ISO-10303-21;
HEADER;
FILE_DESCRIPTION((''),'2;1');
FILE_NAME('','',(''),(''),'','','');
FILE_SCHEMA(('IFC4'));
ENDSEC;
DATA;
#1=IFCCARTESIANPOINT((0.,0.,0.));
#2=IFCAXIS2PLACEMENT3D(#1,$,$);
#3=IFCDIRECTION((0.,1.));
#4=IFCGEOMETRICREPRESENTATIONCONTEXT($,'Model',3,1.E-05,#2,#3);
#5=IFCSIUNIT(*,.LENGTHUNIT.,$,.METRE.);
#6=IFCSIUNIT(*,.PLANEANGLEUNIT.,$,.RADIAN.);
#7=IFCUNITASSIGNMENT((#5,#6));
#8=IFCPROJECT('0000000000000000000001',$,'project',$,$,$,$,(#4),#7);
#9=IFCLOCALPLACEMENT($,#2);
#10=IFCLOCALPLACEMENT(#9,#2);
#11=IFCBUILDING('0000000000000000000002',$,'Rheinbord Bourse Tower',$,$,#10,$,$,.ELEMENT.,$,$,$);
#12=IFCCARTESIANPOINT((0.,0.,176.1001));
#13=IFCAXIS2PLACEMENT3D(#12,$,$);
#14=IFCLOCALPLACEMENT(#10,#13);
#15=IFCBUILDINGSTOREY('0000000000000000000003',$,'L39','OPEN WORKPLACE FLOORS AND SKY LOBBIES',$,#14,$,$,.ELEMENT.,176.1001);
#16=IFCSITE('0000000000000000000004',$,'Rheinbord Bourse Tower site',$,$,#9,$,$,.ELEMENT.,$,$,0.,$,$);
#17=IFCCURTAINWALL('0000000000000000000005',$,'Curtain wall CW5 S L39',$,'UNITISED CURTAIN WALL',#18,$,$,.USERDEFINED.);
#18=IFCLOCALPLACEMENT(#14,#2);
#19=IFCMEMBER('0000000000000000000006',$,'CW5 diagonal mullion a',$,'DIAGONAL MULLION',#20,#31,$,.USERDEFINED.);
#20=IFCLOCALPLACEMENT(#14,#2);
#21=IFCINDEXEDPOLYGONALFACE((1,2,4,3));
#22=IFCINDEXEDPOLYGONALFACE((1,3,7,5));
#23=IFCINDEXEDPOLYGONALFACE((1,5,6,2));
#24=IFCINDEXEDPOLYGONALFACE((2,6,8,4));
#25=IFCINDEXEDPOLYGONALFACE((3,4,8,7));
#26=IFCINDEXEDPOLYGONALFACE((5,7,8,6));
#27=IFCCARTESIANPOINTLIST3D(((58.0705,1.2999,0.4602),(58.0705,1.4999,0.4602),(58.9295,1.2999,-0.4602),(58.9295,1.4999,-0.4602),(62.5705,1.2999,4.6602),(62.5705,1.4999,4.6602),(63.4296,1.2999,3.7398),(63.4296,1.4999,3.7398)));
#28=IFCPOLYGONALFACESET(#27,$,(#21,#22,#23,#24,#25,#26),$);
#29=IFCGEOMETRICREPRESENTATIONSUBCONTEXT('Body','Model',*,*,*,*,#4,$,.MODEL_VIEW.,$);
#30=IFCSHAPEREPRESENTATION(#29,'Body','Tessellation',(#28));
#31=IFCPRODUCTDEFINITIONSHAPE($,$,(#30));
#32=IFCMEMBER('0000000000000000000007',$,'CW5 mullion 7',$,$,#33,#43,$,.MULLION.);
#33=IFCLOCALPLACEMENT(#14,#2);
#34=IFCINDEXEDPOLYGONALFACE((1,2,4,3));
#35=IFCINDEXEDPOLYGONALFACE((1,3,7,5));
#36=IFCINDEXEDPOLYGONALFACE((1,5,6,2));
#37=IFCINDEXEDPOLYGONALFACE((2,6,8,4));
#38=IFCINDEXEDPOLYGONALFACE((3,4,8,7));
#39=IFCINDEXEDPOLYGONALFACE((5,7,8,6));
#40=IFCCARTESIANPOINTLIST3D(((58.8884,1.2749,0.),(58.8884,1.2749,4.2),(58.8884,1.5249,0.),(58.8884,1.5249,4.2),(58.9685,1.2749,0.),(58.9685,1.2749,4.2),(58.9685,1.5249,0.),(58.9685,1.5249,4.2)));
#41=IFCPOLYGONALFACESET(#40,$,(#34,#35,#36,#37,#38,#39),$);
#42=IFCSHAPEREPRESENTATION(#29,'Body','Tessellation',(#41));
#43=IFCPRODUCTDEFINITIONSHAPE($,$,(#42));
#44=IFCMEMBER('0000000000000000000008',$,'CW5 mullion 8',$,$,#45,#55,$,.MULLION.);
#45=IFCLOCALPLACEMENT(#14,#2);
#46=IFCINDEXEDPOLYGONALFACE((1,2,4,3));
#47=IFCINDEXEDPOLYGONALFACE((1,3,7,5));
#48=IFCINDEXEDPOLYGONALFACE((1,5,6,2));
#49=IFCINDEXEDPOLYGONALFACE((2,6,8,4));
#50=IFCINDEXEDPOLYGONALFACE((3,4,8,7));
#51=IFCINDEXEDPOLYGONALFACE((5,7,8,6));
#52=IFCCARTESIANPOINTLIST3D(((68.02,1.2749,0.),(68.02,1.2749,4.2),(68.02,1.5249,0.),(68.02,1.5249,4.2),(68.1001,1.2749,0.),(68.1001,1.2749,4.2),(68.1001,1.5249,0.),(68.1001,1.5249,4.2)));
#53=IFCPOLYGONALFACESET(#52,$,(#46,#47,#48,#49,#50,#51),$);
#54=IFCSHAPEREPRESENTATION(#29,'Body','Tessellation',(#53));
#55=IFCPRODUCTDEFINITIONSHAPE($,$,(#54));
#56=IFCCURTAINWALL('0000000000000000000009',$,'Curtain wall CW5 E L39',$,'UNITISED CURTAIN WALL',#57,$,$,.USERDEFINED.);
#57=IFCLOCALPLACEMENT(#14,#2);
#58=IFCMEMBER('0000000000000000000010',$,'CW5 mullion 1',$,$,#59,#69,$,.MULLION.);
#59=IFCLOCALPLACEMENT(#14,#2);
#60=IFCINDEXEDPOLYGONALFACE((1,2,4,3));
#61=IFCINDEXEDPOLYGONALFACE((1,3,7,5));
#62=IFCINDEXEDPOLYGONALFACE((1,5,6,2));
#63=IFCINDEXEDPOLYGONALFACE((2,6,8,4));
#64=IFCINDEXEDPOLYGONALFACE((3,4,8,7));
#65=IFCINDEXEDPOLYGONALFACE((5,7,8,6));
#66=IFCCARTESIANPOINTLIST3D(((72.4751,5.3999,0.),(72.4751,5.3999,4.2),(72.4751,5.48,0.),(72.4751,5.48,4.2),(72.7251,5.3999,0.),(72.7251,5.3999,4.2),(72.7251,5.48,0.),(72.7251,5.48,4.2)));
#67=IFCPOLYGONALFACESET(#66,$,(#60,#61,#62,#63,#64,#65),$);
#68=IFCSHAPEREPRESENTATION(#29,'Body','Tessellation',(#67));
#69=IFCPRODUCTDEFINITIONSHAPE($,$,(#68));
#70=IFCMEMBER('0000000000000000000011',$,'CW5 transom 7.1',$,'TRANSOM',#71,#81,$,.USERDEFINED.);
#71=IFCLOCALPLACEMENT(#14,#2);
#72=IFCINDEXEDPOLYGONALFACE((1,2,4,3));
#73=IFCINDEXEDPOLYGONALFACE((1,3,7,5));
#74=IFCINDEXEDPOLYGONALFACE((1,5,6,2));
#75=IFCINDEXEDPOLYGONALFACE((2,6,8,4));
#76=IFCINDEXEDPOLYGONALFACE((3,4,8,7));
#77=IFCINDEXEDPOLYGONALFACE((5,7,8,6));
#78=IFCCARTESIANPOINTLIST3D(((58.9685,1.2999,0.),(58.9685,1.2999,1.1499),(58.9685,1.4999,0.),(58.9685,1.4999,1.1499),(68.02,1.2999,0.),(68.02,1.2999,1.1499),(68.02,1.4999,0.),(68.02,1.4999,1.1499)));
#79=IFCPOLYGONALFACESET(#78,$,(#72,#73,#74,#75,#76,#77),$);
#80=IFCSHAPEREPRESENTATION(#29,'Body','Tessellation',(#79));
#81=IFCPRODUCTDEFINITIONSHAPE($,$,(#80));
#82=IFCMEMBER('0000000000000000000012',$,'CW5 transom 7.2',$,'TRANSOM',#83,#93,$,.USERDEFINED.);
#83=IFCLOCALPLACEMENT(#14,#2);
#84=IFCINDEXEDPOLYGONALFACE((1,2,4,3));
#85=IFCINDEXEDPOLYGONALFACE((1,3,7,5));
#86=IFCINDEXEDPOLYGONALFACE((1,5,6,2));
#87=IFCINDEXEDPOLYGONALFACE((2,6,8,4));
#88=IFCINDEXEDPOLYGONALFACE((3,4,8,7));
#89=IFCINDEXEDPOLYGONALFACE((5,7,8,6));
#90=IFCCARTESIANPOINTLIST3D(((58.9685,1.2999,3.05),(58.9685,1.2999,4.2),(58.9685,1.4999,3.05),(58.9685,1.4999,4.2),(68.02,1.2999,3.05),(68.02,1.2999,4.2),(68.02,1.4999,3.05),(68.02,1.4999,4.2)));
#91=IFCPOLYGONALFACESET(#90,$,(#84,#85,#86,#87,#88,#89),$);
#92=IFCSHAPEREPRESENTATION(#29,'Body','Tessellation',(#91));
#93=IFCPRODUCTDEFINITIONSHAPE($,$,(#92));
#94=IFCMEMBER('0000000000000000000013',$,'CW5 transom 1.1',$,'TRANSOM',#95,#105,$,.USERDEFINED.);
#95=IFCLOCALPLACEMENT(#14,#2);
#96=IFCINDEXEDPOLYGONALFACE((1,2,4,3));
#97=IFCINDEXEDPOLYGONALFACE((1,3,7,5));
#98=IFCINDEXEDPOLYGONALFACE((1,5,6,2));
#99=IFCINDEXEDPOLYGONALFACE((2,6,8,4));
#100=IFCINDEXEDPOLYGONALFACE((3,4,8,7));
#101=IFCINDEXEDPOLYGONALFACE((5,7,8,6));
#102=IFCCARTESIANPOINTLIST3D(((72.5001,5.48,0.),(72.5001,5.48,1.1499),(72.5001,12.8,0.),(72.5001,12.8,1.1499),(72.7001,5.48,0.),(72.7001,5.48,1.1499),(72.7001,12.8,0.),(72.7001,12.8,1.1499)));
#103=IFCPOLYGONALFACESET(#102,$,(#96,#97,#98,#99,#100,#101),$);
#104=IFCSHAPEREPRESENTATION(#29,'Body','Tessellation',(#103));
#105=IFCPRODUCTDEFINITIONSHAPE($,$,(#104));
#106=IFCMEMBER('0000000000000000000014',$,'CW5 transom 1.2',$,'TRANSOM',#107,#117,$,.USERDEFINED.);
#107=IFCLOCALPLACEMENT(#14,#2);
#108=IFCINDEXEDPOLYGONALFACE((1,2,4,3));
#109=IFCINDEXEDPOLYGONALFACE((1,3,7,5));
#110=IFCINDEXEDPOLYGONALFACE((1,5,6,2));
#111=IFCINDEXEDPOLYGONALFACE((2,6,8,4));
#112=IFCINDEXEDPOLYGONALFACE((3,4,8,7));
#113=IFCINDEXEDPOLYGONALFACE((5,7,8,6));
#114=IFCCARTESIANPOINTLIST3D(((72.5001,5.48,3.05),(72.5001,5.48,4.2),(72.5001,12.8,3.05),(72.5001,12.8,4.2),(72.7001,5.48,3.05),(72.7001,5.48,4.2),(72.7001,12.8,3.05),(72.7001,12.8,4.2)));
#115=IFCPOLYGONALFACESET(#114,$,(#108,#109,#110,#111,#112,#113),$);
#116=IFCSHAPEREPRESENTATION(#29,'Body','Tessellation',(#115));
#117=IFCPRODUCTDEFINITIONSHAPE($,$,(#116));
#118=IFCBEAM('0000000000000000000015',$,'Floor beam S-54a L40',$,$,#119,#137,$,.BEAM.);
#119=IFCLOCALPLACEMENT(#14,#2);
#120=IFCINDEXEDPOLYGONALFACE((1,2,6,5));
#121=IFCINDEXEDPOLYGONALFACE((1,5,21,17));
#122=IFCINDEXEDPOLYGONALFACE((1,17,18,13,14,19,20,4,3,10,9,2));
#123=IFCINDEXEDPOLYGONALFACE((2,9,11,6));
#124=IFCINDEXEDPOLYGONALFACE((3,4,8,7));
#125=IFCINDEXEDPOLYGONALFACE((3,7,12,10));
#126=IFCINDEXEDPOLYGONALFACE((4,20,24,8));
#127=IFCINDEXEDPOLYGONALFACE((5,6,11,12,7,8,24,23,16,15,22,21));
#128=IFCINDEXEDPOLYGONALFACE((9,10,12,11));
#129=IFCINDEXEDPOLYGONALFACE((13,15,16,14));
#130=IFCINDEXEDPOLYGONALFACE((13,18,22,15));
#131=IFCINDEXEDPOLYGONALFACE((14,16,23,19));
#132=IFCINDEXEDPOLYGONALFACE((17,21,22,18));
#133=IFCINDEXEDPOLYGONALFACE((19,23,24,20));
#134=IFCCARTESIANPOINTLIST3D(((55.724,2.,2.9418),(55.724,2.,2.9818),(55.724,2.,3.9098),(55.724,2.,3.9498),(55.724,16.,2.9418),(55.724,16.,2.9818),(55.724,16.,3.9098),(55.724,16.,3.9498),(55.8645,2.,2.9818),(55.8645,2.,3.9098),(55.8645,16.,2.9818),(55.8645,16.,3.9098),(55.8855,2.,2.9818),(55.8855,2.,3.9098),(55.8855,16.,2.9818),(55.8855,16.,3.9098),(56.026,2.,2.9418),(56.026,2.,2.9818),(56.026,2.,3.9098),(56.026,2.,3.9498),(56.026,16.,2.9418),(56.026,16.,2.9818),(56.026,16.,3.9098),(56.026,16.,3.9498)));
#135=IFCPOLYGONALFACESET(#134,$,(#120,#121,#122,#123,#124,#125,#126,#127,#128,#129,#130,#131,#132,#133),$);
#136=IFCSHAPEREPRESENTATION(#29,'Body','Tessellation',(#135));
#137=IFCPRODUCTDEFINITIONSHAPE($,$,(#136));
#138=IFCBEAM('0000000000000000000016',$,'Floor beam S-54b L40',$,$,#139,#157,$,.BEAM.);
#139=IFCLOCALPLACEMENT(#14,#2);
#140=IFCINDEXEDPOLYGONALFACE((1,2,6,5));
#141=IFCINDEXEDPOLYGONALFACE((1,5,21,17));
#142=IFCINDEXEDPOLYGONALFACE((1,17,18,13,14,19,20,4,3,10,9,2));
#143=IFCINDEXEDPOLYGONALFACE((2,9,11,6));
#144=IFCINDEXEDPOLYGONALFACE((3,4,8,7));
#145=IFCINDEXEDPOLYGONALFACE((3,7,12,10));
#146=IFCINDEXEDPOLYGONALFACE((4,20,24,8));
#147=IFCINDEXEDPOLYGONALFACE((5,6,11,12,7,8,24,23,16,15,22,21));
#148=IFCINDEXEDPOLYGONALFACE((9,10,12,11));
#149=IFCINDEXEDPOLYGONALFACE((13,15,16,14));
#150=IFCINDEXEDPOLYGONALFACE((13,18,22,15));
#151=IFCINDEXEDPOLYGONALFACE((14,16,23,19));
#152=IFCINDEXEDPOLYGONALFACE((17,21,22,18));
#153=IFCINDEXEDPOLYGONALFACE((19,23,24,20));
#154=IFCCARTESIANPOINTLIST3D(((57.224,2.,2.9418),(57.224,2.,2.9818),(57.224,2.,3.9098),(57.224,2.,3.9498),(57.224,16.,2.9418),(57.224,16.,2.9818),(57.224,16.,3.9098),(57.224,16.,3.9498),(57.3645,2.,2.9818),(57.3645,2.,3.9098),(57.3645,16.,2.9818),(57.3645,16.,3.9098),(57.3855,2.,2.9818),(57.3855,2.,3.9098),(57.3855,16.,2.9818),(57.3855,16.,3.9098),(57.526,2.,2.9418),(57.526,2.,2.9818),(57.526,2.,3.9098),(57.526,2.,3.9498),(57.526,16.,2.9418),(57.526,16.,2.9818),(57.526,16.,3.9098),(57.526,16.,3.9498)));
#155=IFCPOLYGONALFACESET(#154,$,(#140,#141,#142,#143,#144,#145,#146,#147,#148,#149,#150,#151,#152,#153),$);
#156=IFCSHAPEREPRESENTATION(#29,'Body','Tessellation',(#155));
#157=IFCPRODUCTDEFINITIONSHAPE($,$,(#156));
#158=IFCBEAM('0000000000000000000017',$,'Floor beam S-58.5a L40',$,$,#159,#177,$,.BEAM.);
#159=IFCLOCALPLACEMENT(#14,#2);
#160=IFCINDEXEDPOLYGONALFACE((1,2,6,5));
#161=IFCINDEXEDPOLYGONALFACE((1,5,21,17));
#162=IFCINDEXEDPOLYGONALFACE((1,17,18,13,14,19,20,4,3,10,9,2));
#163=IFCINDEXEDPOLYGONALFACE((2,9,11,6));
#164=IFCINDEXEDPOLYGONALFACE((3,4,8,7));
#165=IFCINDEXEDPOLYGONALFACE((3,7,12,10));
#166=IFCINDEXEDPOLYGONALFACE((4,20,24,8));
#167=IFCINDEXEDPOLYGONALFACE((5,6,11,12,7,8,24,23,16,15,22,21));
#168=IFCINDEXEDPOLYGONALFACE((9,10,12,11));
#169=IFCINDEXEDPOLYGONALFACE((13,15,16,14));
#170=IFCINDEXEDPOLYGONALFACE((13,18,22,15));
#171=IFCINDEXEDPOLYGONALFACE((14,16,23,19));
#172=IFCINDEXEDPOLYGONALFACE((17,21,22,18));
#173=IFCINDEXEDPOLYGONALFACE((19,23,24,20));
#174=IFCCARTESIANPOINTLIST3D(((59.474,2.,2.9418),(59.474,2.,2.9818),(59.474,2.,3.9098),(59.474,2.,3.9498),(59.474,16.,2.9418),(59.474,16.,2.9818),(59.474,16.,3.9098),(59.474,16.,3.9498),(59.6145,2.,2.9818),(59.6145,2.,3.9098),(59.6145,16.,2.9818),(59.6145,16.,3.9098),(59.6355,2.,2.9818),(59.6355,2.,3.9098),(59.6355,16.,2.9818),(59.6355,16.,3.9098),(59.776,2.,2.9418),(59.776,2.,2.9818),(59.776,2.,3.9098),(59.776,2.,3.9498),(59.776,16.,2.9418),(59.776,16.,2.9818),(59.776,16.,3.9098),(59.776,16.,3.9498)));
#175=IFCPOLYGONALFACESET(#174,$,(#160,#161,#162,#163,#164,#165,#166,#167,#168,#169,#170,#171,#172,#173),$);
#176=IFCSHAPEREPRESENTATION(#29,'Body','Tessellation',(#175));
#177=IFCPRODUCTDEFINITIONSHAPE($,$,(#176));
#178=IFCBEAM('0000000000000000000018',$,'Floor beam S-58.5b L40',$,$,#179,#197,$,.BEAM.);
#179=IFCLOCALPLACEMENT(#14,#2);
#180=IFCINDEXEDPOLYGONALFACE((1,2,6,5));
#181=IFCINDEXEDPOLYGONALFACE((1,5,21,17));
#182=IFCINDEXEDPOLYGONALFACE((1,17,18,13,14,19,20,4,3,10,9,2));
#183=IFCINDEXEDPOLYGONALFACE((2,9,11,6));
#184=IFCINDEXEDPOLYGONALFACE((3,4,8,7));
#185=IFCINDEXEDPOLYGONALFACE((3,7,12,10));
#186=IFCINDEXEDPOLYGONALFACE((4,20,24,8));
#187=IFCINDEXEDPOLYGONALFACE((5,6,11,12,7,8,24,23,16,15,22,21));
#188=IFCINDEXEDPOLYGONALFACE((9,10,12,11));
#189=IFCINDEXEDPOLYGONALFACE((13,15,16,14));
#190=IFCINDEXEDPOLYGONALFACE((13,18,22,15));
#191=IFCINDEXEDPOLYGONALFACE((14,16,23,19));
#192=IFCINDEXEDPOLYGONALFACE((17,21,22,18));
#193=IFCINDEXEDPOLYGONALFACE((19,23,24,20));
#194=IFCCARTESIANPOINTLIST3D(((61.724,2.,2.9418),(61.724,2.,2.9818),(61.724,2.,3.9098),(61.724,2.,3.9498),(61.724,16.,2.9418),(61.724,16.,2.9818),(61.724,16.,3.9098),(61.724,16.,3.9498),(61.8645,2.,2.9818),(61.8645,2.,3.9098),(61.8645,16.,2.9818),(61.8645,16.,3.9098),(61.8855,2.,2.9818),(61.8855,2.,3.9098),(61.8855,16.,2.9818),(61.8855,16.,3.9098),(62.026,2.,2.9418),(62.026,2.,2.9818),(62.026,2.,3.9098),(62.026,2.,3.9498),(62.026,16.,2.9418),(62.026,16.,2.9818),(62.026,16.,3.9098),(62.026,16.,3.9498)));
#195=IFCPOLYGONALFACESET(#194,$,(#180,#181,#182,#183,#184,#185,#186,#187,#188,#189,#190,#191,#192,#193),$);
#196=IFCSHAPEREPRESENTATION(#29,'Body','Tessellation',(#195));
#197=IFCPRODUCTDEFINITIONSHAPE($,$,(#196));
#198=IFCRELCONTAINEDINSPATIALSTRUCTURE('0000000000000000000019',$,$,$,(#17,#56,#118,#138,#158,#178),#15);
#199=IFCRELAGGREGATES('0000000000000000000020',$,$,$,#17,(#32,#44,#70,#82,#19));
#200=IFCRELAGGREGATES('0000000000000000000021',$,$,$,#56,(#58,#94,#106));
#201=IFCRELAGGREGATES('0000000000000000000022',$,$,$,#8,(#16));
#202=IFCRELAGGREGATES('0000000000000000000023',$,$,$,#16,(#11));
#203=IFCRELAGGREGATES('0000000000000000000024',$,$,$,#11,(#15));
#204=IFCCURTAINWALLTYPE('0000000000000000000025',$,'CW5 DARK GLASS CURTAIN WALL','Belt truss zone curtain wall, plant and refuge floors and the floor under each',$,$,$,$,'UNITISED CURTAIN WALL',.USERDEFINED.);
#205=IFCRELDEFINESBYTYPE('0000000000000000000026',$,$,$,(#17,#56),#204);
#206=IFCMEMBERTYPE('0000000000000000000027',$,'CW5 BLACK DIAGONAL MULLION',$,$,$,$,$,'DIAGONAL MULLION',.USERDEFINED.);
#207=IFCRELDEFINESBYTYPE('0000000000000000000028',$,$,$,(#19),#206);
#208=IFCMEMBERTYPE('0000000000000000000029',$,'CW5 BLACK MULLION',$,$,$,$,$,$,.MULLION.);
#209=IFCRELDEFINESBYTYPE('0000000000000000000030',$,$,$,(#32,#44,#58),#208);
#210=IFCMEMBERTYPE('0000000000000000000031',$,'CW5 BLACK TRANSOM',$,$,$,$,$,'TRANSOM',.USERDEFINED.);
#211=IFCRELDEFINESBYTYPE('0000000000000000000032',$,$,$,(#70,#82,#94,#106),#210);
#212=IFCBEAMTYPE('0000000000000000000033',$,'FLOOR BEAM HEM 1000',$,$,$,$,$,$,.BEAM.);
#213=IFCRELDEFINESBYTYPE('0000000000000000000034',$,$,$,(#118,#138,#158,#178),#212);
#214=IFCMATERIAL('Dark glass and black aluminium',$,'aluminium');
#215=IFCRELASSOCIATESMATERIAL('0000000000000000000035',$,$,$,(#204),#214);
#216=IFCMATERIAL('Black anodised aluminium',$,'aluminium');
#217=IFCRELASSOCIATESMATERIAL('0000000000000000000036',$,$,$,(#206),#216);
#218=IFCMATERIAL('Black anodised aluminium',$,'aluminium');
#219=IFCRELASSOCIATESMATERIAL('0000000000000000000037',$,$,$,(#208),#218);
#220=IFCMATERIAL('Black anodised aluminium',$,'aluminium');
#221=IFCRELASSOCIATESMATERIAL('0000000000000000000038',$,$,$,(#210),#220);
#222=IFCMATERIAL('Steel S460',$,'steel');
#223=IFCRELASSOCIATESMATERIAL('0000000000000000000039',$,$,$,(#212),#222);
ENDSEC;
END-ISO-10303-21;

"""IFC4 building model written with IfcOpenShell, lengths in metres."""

from ifc_helpers import new_model, si_unit, direction, frame, origin, origin_2d, place, context, subcontext, project, spatial, rectangle, i_section, extrude, material, material_profile, profile_set, type_object, element, aggregate, save


model = new_model("IFC4")

# Units and contexts
model_context = context("Model", 3, precision=1e-05, world=origin(), true_north=direction((0.0, 1.0)))
body_context = subcontext(model_context, "Body", "Model", "MODEL_VIEW")
ifc_project = project(units=[si_unit("LENGTHUNIT", "METRE"), si_unit("PLANEANGLEUNIT", "RADIAN")], contexts=[model_context])

# Site, building, storey
site_placement = place(None, origin())
site = spatial("IfcSite", under=ifc_project, at=site_placement, Name="Rheinbord Bourse Tower site", CompositionType="ELEMENT", RefElevation=0.0)
building_placement = place(site_placement, origin())
building = spatial("IfcBuilding", under=site, at=building_placement, Name="Rheinbord Bourse Tower", CompositionType="ELEMENT")
storey_placement = place(building_placement, frame((0.0, 0.0, 176.1001)))
storey = spatial("IfcBuildingStorey", under=building, at=storey_placement, Name="L39", Description="OPEN WORKPLACE FLOORS AND SKY LOBBIES", CompositionType="ELEMENT", Elevation=176.1001)

# Curtain wall, members
ifc_material_1 = material(Name="Dark glass and black aluminium", Category="aluminium")
curtain_wall_type = type_object("IfcCurtainWallType", Name="CW5 DARK GLASS CURTAIN WALL", Description="Belt truss zone curtain wall, plant and refuge floors and the floor under each", ElementType="UNITISED CURTAIN WALL", PredefinedType="USERDEFINED", material=ifc_material_1)
curtain_wall_1_placement = place(storey_placement, origin())
curtain_wall_1 = element("IfcCurtainWall", 1, at=curtain_wall_1_placement, inside=storey, type_object=curtain_wall_type, Name="Curtain wall CW5 S L39", ObjectType="UNITISED CURTAIN WALL", PredefinedType="USERDEFINED")
ifc_material_2 = material(Name="Black anodised aluminium", Category="aluminium")
ifc_material_profile_1 = material_profile(ifc_material_2, rectangle(XDim=0.2, YDim=1.259, at=origin_2d()), Name="CW5 DIAGONAL MULLION 1259x200")
ifc_profile_set_1 = profile_set([ifc_material_profile_1], Name="Black anodised aluminium")
member_type_1 = type_object("IfcMemberType", Name="CW5 BLACK DIAGONAL MULLION", ElementType="DIAGONAL MULLION", PredefinedType="USERDEFINED", material=ifc_profile_set_1)
member_1_placement = place(storey_placement, frame((58.5, 1.3999, 0.0), z_axis=(0.731059, 0.0, 0.682314), x_axis=(0.0, 1.0, 0.0)))
member_1 = element("IfcMember", 2, at=member_1_placement, type_object=member_type_1, Name="CW5 diagonal mullion a", ObjectType="DIAGONAL MULLION", PredefinedType="USERDEFINED", context=body_context, shape_type="SweptSolid", body=[
    extrude(rectangle(XDim=0.2, YDim=1.259, at=origin_2d()), origin(), (0.0, 0.0, 1.0), 6.1555),
])
ifc_material_3 = material(Name="Black anodised aluminium", Category="aluminium")
ifc_material_profile_2 = material_profile(ifc_material_3, rectangle(XDim=0.25, YDim=0.0801, at=origin_2d()), Name="CW5 MULLION 80x250")
ifc_profile_set_2 = profile_set([ifc_material_profile_2], Name="Black anodised aluminium")
member_type_2 = type_object("IfcMemberType", Name="CW5 BLACK MULLION", PredefinedType="MULLION", material=ifc_profile_set_2)
member_2_placement = place(storey_placement, frame((58.9285, 1.3999, 0.0), z_axis=(0.0, 0.0, 1.0), x_axis=(0.0, 1.0, 0.0)))
member_2 = element("IfcMember", 3, at=member_2_placement, type_object=member_type_2, Name="CW5 mullion 7", PredefinedType="MULLION", context=body_context, shape_type="SweptSolid", body=[
    extrude(rectangle(XDim=0.25, YDim=0.0801, at=origin_2d()), origin(), (0.0, 0.0, 1.0), 4.2),
])
member_3_placement = place(storey_placement, frame((68.0601, 1.3999, 0.0), z_axis=(0.0, 0.0, 1.0), x_axis=(0.0, 1.0, 0.0)))
member_3 = element("IfcMember", 4, at=member_3_placement, type_object=member_type_2, Name="CW5 mullion 8", PredefinedType="MULLION", context=body_context, shape_type="SweptSolid", body=[
    extrude(rectangle(XDim=0.25, YDim=0.0801, at=origin_2d()), origin(), (0.0, 0.0, 1.0), 4.2),
])

# Curtain wall, member
curtain_wall_2_placement = place(storey_placement, origin())
curtain_wall_2 = element("IfcCurtainWall", 5, at=curtain_wall_2_placement, inside=storey, type_object=curtain_wall_type, Name="Curtain wall CW5 E L39", ObjectType="UNITISED CURTAIN WALL", PredefinedType="USERDEFINED")
member_4_placement = place(storey_placement, frame((72.6001, 5.4399, 0.0), z_axis=(0.0, 0.0, 1.0), x_axis=(-1.0, 0.0, 0.0)))
member_4 = element("IfcMember", 6, at=member_4_placement, type_object=member_type_2, Name="CW5 mullion 1", PredefinedType="MULLION", context=body_context, shape_type="SweptSolid", body=[
    extrude(rectangle(XDim=0.25, YDim=0.0801, at=origin_2d()), origin(), (0.0, 0.0, 1.0), 4.2),
])

# Members
ifc_material_4 = material(Name="Black anodised aluminium", Category="aluminium")
ifc_material_profile_3 = material_profile(ifc_material_4, rectangle(XDim=0.2, YDim=1.1499, at=origin_2d()), Name="CW5 TRANSOM 1150x200")
ifc_profile_set_3 = profile_set([ifc_material_profile_3], Name="Black anodised aluminium")
member_type_3 = type_object("IfcMemberType", Name="CW5 BLACK TRANSOM", ElementType="TRANSOM", PredefinedType="USERDEFINED", material=ifc_profile_set_3)
member_5_placement = place(storey_placement, frame((58.9685, 1.3999, 0.575), z_axis=(1.0, 0.0, 0.0), x_axis=(0.0, 1.0, 0.0)))
member_5 = element("IfcMember", 7, at=member_5_placement, type_object=member_type_3, Name="CW5 transom 7.1", ObjectType="TRANSOM", PredefinedType="USERDEFINED", context=body_context, shape_type="SweptSolid", body=[
    extrude(rectangle(XDim=0.2, YDim=1.1499, at=origin_2d()), origin(), (0.0, 0.0, 1.0), 9.0515),
])
member_6_placement = place(storey_placement, frame((58.9685, 1.3999, 3.625), z_axis=(1.0, 0.0, 0.0), x_axis=(0.0, 1.0, 0.0)))
member_6 = element("IfcMember", 8, at=member_6_placement, type_object=member_type_3, Name="CW5 transom 7.2", ObjectType="TRANSOM", PredefinedType="USERDEFINED", context=body_context, shape_type="SweptSolid", body=[
    extrude(rectangle(XDim=0.2, YDim=1.1499, at=origin_2d()), origin(), (0.0, 0.0, 1.0), 9.0515),
])
member_7_placement = place(storey_placement, frame((72.6001, 5.48, 0.575), z_axis=(0.0, 1.0, 0.0), x_axis=(-1.0, 0.0, 0.0)))
member_7 = element("IfcMember", 9, at=member_7_placement, type_object=member_type_3, Name="CW5 transom 1.1", ObjectType="TRANSOM", PredefinedType="USERDEFINED", context=body_context, shape_type="SweptSolid", body=[
    extrude(rectangle(XDim=0.2, YDim=1.1499, at=origin_2d()), origin(), (0.0, 0.0, 1.0), 7.3201),
])
member_8_placement = place(storey_placement, frame((72.6001, 5.48, 3.625), z_axis=(0.0, 1.0, 0.0), x_axis=(-1.0, 0.0, 0.0)))
member_8 = element("IfcMember", 10, at=member_8_placement, type_object=member_type_3, Name="CW5 transom 1.2", ObjectType="TRANSOM", PredefinedType="USERDEFINED", context=body_context, shape_type="SweptSolid", body=[
    extrude(rectangle(XDim=0.2, YDim=1.1499, at=origin_2d()), origin(), (0.0, 0.0, 1.0), 7.3201),
])

# Beams
ifc_material_5 = material(Name="Steel S460", Category="steel")
ifc_material_profile_4 = material_profile(ifc_material_5, i_section(OverallWidth=0.302, OverallDepth=1.0081, WebThickness=0.021, FlangeThickness=0.04, at=origin_2d()), Name="HEM 1000")
ifc_profile_set_4 = profile_set([ifc_material_profile_4], Name="Steel S460")
beam_type_1 = type_object("IfcBeamType", Name="FLOOR BEAM HEM 1000", PredefinedType="BEAM", material=ifc_profile_set_4)
for number, where, z_axis, x_axis, name in (
    (11, (55.875, 2.0, 3.4458), (0.0, 1.0, 0.0), (-1.0, 0.0, 0.0), "Floor beam S-54a L40"),
    (12, (57.375, 2.0, 3.4458), (0.0, 1.0, 0.0), (-1.0, 0.0, 0.0), "Floor beam S-54b L40"),
    (13, (59.625, 2.0, 3.4458), (0.0, 1.0, 0.0), (-1.0, 0.0, 0.0), "Floor beam S-58.5a L40"),
    (14, (61.875, 2.0, 3.4458), (0.0, 1.0, 0.0), (-1.0, 0.0, 0.0), "Floor beam S-58.5b L40"),
):
    element("IfcBeam", number, at=place(storey_placement, frame(where, z_axis=z_axis, x_axis=x_axis)), inside=storey, type_object=beam_type_1, Name=name, PredefinedType="BEAM", context=body_context, shape_type="SweptSolid", body=[
        extrude(i_section(OverallWidth=0.302, OverallDepth=1.0081, WebThickness=0.021, FlangeThickness=0.04, at=origin_2d()), origin(), (0.0, 0.0, 1.0), 14.0),
    ])

aggregate(curtain_wall_1, [member_2, member_3, member_5, member_6, member_1])
aggregate(curtain_wall_2, [member_4, member_7, member_8])

save(model, "model.ifc")
